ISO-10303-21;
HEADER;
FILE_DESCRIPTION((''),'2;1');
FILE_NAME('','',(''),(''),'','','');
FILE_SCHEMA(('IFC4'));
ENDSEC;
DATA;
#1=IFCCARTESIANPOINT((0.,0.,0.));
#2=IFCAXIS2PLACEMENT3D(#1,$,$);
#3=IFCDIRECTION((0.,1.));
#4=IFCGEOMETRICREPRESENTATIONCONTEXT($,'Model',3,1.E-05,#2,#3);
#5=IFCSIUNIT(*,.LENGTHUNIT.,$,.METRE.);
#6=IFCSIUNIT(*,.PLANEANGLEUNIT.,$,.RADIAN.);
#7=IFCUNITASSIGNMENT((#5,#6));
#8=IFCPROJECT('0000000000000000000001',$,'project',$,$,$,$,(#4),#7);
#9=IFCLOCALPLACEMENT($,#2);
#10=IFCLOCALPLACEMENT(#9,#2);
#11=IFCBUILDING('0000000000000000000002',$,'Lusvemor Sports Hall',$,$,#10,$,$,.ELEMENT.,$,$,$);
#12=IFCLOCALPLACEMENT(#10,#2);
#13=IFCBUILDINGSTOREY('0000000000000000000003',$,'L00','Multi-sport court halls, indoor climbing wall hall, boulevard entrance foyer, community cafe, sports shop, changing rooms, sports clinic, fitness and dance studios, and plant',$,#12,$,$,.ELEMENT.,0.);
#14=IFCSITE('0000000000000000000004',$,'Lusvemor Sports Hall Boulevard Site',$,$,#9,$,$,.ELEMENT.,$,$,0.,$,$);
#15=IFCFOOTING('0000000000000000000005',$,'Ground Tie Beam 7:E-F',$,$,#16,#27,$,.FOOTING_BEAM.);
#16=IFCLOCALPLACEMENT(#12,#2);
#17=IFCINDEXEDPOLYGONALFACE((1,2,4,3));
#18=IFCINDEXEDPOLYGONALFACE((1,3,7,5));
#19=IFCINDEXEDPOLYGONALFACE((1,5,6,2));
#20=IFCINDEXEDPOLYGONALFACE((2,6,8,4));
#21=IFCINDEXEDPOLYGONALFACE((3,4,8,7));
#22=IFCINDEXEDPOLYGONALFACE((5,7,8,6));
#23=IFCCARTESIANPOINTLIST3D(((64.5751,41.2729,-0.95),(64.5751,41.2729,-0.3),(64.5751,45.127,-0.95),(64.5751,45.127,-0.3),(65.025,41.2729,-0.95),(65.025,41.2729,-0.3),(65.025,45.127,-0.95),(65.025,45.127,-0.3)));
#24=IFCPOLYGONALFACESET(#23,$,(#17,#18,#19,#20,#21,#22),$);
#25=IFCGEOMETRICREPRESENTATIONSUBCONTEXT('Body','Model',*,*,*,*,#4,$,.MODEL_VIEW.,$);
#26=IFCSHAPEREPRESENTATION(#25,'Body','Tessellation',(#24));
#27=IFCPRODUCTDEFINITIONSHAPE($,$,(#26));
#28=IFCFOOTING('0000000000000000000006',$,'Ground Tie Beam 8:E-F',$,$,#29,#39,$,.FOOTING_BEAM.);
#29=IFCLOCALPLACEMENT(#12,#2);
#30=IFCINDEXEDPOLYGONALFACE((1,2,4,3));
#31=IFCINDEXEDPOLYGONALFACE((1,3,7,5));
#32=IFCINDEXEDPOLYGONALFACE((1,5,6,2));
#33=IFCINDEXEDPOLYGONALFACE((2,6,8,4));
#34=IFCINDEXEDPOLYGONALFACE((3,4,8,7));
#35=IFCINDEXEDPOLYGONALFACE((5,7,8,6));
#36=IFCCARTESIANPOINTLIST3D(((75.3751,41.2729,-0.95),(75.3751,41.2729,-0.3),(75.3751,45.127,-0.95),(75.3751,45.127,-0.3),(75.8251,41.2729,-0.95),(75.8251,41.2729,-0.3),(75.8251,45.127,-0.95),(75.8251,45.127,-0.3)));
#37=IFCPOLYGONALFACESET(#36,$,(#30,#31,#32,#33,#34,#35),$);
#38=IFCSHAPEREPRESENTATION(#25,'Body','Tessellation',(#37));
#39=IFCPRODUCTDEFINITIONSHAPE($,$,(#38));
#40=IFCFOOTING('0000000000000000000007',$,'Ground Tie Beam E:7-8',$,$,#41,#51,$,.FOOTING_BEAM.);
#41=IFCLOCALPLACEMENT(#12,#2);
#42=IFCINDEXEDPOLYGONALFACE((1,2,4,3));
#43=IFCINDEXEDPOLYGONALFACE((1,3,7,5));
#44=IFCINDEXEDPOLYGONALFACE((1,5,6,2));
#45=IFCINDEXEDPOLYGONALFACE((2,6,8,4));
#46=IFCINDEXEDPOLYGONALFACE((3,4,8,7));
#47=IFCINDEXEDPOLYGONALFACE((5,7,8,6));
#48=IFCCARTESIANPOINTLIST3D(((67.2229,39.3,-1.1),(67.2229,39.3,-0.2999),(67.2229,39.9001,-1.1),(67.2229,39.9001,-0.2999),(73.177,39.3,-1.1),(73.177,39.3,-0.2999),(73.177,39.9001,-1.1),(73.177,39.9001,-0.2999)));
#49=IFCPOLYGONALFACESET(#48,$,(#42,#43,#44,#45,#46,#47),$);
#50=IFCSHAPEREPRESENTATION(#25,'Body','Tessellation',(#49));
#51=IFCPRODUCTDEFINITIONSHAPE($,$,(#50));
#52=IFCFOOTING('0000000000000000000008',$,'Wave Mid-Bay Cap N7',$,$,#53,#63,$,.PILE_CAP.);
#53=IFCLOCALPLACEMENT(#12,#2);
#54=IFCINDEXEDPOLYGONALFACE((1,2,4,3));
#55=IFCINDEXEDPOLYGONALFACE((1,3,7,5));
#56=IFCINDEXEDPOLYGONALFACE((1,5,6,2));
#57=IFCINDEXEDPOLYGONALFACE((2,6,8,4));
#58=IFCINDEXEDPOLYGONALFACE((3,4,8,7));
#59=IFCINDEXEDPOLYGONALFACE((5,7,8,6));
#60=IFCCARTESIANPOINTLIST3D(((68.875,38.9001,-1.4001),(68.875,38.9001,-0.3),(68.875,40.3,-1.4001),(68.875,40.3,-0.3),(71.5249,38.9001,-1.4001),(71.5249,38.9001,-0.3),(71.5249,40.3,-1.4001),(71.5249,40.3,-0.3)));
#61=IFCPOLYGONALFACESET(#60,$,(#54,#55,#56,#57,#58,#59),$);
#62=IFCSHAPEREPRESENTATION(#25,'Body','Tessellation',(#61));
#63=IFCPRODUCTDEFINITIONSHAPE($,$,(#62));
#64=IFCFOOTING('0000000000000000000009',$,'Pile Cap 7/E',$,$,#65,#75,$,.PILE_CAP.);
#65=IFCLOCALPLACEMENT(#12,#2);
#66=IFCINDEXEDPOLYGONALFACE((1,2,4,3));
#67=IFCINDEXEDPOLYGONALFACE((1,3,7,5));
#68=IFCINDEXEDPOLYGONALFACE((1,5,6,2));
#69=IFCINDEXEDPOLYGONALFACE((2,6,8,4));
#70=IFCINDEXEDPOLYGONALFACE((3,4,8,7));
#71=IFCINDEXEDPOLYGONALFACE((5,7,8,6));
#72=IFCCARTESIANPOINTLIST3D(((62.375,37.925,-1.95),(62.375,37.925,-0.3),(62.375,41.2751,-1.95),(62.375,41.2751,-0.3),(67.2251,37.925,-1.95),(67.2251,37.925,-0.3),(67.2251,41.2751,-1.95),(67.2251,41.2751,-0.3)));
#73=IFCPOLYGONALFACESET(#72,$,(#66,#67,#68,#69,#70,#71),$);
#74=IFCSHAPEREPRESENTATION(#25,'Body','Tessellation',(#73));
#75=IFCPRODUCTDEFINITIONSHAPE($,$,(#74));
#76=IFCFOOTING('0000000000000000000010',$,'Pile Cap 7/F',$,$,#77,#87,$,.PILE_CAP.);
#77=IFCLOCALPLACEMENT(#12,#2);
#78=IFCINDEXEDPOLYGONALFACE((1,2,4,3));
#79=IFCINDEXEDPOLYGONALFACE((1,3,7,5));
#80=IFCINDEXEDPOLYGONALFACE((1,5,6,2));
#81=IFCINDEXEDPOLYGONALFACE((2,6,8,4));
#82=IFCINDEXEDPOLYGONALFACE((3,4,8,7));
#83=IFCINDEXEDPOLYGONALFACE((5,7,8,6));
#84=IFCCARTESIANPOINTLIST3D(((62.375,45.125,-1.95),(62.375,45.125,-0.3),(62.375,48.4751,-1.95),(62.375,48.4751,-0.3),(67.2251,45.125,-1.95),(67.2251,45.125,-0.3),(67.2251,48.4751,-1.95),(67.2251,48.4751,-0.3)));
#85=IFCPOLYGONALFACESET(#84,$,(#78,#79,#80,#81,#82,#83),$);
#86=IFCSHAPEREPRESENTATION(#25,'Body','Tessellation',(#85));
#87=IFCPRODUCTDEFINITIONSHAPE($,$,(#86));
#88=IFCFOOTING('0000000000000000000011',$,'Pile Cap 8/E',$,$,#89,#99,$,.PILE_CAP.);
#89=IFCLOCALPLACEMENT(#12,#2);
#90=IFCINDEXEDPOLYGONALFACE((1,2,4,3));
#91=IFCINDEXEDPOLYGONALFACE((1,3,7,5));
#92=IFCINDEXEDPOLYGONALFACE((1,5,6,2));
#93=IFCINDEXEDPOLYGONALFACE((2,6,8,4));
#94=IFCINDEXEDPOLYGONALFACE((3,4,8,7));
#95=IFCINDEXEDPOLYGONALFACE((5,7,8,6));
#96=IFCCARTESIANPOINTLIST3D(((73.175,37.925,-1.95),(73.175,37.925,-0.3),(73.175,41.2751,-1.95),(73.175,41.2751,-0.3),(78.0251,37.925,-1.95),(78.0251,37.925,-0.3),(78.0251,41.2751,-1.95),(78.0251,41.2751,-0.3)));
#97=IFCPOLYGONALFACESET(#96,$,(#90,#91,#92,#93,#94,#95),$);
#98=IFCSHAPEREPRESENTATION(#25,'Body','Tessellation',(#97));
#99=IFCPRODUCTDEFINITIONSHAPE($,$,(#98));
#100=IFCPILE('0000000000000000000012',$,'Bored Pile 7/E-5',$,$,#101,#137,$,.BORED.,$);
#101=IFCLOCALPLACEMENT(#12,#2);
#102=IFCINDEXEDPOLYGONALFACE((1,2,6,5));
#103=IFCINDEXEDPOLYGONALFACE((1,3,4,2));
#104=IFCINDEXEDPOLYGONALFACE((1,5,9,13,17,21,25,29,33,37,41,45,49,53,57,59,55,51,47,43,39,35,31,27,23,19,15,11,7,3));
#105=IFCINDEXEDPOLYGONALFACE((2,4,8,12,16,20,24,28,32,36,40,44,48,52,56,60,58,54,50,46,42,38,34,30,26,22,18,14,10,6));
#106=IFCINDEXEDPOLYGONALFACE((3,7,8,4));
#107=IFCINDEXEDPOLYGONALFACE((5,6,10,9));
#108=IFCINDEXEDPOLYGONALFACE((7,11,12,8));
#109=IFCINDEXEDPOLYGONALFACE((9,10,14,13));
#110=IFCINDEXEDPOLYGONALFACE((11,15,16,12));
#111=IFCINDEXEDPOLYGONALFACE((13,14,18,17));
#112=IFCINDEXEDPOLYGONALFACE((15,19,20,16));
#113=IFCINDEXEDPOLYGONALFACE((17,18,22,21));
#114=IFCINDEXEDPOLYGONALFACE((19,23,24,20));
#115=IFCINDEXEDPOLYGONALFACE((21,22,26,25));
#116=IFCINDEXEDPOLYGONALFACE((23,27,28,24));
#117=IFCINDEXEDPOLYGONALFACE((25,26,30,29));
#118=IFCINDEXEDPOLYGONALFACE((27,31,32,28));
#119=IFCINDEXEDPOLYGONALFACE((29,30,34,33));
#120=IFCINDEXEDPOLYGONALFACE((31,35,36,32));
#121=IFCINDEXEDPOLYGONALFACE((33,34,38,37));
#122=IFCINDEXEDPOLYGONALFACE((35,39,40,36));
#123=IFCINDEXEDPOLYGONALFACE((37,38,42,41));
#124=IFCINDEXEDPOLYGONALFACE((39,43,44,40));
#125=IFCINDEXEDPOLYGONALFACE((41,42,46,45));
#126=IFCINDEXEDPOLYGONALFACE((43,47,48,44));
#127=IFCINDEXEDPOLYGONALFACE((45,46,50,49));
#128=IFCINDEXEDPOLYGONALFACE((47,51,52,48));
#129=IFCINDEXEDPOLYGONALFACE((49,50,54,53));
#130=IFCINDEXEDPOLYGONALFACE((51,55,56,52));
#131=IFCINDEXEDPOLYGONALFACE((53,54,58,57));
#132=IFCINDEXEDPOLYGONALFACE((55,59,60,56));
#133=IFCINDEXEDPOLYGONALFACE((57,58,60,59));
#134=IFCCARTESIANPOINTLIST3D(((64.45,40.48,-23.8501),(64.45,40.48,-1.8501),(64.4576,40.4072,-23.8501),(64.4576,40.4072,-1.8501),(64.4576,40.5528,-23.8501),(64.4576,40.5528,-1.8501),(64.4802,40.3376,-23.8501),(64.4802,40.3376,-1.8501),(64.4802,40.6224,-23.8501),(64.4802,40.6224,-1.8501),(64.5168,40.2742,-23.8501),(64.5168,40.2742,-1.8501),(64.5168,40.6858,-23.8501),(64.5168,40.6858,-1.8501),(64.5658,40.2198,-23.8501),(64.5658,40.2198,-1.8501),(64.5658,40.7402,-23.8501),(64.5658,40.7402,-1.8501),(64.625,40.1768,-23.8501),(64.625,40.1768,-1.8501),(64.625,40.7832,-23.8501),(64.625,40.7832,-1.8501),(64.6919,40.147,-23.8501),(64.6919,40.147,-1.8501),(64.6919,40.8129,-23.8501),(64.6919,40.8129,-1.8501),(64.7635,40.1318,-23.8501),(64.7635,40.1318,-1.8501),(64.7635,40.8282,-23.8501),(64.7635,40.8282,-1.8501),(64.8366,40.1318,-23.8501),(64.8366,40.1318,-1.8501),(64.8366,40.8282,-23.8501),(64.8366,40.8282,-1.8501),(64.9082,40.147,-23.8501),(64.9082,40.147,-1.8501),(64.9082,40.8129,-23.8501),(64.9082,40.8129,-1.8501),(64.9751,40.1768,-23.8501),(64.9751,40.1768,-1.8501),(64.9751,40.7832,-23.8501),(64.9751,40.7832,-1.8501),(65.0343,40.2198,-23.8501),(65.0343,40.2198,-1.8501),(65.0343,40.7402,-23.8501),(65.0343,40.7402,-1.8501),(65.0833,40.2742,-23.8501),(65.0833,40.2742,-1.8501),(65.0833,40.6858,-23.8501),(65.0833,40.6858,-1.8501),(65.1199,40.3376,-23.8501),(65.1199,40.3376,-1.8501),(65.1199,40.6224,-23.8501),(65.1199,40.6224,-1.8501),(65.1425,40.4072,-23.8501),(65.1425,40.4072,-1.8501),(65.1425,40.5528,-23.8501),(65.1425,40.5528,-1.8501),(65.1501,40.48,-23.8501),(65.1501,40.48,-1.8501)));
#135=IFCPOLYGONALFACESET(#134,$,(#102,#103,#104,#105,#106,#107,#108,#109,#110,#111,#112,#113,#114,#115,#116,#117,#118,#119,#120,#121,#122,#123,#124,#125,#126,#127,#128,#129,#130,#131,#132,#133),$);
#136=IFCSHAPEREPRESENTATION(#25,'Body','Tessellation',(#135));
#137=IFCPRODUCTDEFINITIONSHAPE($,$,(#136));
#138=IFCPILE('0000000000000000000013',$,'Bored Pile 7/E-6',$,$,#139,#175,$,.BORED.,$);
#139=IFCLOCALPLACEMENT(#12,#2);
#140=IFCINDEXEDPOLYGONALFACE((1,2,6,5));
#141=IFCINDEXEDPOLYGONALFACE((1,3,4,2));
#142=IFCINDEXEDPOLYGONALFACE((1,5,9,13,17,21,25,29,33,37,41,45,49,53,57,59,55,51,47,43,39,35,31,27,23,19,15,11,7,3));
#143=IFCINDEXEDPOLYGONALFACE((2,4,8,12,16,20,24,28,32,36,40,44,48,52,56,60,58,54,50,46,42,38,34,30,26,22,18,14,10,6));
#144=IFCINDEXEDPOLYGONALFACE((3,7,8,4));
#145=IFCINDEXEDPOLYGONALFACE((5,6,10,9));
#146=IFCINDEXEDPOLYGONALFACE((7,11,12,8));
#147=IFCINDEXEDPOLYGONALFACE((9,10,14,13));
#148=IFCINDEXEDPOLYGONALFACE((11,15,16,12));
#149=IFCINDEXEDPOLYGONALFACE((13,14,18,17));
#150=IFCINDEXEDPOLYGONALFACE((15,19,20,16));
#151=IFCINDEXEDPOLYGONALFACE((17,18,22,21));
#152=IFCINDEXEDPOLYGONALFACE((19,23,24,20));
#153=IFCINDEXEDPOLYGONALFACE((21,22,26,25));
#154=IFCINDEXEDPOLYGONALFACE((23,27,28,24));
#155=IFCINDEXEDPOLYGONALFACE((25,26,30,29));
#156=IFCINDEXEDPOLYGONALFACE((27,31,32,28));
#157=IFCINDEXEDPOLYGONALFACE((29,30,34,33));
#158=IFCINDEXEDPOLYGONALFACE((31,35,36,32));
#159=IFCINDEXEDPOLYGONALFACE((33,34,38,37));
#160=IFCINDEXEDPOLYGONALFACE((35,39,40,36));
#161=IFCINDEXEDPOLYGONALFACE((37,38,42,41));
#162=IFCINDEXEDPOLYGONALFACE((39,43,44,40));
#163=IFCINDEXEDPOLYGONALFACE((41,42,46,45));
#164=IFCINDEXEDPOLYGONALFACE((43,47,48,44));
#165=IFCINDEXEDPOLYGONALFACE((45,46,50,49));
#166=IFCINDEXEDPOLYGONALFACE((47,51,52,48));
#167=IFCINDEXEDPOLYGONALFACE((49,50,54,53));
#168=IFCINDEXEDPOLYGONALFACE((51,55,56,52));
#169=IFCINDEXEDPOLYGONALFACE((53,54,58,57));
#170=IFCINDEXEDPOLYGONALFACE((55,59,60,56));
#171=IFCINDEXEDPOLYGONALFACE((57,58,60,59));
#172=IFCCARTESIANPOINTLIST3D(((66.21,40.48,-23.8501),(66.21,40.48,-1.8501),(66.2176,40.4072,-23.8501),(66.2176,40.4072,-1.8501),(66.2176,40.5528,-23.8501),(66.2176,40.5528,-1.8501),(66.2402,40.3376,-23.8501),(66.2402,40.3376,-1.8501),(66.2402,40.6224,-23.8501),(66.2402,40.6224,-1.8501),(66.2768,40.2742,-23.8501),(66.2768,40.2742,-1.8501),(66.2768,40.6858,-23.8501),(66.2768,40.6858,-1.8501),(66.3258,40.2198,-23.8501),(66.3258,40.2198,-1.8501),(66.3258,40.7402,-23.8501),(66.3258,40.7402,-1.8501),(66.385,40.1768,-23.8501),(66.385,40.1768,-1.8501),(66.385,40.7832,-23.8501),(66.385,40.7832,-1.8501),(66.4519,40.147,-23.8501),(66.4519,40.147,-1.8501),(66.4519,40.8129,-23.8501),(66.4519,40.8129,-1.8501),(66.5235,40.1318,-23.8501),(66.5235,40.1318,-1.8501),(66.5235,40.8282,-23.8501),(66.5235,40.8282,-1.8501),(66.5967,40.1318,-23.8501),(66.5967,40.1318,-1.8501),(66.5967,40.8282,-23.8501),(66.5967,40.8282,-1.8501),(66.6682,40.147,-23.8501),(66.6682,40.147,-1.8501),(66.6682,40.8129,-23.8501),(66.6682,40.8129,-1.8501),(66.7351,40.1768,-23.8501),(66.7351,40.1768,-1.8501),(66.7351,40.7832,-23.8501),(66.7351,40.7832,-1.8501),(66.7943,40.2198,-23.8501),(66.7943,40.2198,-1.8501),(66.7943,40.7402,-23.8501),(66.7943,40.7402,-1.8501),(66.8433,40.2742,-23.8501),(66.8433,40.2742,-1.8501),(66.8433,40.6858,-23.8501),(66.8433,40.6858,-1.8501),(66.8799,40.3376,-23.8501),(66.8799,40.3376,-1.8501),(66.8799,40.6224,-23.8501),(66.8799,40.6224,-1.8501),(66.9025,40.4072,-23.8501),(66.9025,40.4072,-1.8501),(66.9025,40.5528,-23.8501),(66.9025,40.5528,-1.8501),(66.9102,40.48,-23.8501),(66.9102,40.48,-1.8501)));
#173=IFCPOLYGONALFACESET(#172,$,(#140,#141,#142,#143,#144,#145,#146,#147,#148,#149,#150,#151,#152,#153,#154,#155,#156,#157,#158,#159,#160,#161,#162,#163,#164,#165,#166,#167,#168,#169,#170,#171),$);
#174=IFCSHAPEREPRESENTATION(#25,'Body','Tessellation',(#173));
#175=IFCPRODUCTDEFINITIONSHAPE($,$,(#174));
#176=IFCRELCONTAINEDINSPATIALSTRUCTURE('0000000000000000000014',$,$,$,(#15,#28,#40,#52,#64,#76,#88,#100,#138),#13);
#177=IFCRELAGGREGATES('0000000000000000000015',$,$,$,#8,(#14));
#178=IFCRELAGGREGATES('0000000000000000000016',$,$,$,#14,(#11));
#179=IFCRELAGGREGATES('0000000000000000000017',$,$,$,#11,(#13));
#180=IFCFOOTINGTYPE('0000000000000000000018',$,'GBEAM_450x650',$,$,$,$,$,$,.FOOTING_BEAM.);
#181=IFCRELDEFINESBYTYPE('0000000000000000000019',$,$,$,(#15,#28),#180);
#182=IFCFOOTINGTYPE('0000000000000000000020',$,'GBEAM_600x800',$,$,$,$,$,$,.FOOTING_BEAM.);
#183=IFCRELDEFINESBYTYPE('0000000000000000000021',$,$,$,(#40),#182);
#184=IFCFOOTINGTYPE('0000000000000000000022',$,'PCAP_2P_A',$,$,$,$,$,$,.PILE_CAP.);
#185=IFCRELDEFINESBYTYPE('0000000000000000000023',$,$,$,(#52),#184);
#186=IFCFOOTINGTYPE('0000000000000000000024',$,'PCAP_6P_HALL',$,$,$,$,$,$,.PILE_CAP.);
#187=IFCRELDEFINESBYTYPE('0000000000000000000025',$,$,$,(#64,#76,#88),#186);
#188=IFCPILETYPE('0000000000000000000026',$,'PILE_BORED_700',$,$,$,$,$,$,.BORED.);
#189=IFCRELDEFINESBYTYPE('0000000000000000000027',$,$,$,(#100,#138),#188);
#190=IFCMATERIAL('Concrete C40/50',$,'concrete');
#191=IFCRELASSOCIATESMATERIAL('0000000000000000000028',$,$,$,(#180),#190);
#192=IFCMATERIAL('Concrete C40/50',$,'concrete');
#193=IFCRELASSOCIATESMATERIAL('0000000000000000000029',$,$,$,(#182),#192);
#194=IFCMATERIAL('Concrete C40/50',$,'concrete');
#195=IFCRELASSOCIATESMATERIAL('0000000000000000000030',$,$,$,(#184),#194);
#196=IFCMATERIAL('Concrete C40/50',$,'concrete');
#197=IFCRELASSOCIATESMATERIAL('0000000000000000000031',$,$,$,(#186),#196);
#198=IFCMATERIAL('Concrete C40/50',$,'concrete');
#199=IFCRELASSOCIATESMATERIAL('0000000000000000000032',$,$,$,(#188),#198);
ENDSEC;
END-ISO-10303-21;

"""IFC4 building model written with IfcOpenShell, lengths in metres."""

from ifc_helpers import new_model, si_unit, direction, frame, origin, origin_2d, place, context, subcontext, project, spatial, rectangle, circle, extrude, material, material_profile, profile_set, type_object, element, save


model = new_model("IFC4")

# Units and contexts
model_context = context("Model", 3, precision=1e-05, world=origin(), true_north=direction((0.0, 1.0)))
body_context = subcontext(model_context, "Body", "Model", "MODEL_VIEW")
ifc_project = project(units=[si_unit("LENGTHUNIT", "METRE"), si_unit("PLANEANGLEUNIT", "RADIAN")], contexts=[model_context])

# Site, building, storey
site_placement = place(None, origin())
site = spatial("IfcSite", under=ifc_project, at=site_placement, Name="Lusvemor Sports Hall Boulevard Site", CompositionType="ELEMENT", RefElevation=0.0)
building_placement = place(site_placement, origin())
building = spatial("IfcBuilding", under=site, at=building_placement, Name="Lusvemor Sports Hall", CompositionType="ELEMENT")
storey_placement = place(building_placement, origin())
storey = spatial("IfcBuildingStorey", under=building, at=storey_placement, Name="L00", Description="Multi-sport court halls, indoor climbing wall hall, boulevard entrance foyer, community cafe, sports shop, changing rooms, sports clinic, fitness and dance studios, and plant", CompositionType="ELEMENT", Elevation=0.0)

# Footings
ifc_material_1 = material(Name="Concrete C40/50", Category="concrete")
ifc_material_profile_1 = material_profile(ifc_material_1, rectangle(XDim=0.45, YDim=0.6499, at=origin_2d()), Name="GB_450x650")
ifc_profile_set_1 = profile_set([ifc_material_profile_1], Name="Concrete C40/50")
footing_type_1 = type_object("IfcFootingType", Name="GBEAM_450x650", PredefinedType="FOOTING_BEAM", material=ifc_profile_set_1)
for number, where, z_axis, x_axis, name in (
    (1, (64.8, 41.2729, -0.625), (0.0, 1.0, 0.0), (-1.0, 0.0, 0.0), "Ground Tie Beam 7:E-F"),
    (2, (75.6001, 41.2729, -0.625), (0.0, 1.0, 0.0), (-1.0, 0.0, 0.0), "Ground Tie Beam 8:E-F"),
):
    element("IfcFooting", number, at=place(storey_placement, frame(where, z_axis=z_axis, x_axis=x_axis)), inside=storey, type_object=footing_type_1, Name=name, PredefinedType="FOOTING_BEAM", context=body_context, shape_type="SweptSolid", body=[
        extrude(rectangle(XDim=0.45, YDim=0.6499, at=origin_2d()), origin(), (0.0, 0.0, 1.0), 3.854),
    ])
ifc_material_2 = material(Name="Concrete C40/50", Category="concrete")
ifc_material_profile_2 = material_profile(ifc_material_2, rectangle(XDim=0.6001, YDim=0.8, at=origin_2d()), Name="GB_600x800")
ifc_profile_set_2 = profile_set([ifc_material_profile_2], Name="Concrete C40/50")
footing_type_2 = type_object("IfcFootingType", Name="GBEAM_600x800", PredefinedType="FOOTING_BEAM", material=ifc_profile_set_2)
footing_1_placement = place(storey_placement, frame((67.2229, 39.6001, -0.7), z_axis=(1.0, 0.0, 0.0), x_axis=(0.0, 1.0, 0.0)))
element("IfcFooting", 3, at=footing_1_placement, inside=storey, type_object=footing_type_2, Name="Ground Tie Beam E:7-8", PredefinedType="FOOTING_BEAM", context=body_context, shape_type="SweptSolid", body=[
    extrude(rectangle(XDim=0.6001, YDim=0.8, at=origin_2d()), origin(), (0.0, 0.0, 1.0), 5.9541),
])
ifc_material_3 = material(Name="Concrete C40/50", Category="concrete")
footing_type_3 = type_object("IfcFootingType", Name="PCAP_2P_A", PredefinedType="PILE_CAP", material=ifc_material_3)
footing_2_placement = place(storey_placement, frame((70.2, 39.6001, -1.4001), z_axis=(0.0, 0.0, 1.0), x_axis=(1.0, 0.0, 0.0)))
element("IfcFooting", 4, at=footing_2_placement, inside=storey, type_object=footing_type_3, Name="Wave Mid-Bay Cap N7", PredefinedType="PILE_CAP", context=body_context, shape_type="SweptSolid", body=[
    extrude(rectangle(XDim=2.6499, YDim=1.3999, at=origin_2d()), origin(), (0.0, 0.0, 1.0), 1.1001),
])
ifc_material_4 = material(Name="Concrete C40/50", Category="concrete")
footing_type_4 = type_object("IfcFootingType", Name="PCAP_6P_HALL", PredefinedType="PILE_CAP", material=ifc_material_4)
for number, where, z_axis, x_axis, name in (
    (5, (64.8, 39.6001, -1.95), (0.0, 0.0, 1.0), (1.0, 0.0, 0.0), "Pile Cap 7/E"),
    (6, (64.8, 46.8, -1.95), (0.0, 0.0, 1.0), (1.0, 0.0, 0.0), "Pile Cap 7/F"),
    (7, (75.6001, 39.6001, -1.95), (0.0, 0.0, 1.0), (1.0, 0.0, 0.0), "Pile Cap 8/E"),
):
    element("IfcFooting", number, at=place(storey_placement, frame(where, z_axis=z_axis, x_axis=x_axis)), inside=storey, type_object=footing_type_4, Name=name, PredefinedType="PILE_CAP", context=body_context, shape_type="SweptSolid", body=[
        extrude(rectangle(XDim=4.8501, YDim=3.3501, at=origin_2d()), origin(), (0.0, 0.0, 1.0), 1.6499),
    ])

# Piles
ifc_material_5 = material(Name="Concrete C40/50", Category="concrete")
ifc_material_profile_3 = material_profile(ifc_material_5, circle(Radius=0.3501, at=origin_2d()), Name="PILE700")
ifc_profile_set_3 = profile_set([ifc_material_profile_3], Name="Concrete C40/50")
pile_type = type_object("IfcPileType", Name="PILE_BORED_700", PredefinedType="BORED", material=ifc_profile_set_3)
for number, where, z_axis, x_axis, name in (
    (8, (64.8, 40.48, -1.8501), (0.0, 0.0, -1.0), (1.0, 0.0, 0.0), "Bored Pile 7/E-5"),
    (9, (66.5601, 40.48, -1.8501), (0.0, 0.0, -1.0), (1.0, 0.0, 0.0), "Bored Pile 7/E-6"),
):
    element("IfcPile", number, at=place(storey_placement, frame(where, z_axis=z_axis, x_axis=x_axis)), inside=storey, type_object=pile_type, Name=name, PredefinedType="BORED", context=body_context, shape_type="SweptSolid", body=[
        extrude(circle(Radius=0.3501, at=origin_2d()), origin(), (0.0, 0.0, 1.0), 22.0),
    ])

save(model, "model.ifc")
